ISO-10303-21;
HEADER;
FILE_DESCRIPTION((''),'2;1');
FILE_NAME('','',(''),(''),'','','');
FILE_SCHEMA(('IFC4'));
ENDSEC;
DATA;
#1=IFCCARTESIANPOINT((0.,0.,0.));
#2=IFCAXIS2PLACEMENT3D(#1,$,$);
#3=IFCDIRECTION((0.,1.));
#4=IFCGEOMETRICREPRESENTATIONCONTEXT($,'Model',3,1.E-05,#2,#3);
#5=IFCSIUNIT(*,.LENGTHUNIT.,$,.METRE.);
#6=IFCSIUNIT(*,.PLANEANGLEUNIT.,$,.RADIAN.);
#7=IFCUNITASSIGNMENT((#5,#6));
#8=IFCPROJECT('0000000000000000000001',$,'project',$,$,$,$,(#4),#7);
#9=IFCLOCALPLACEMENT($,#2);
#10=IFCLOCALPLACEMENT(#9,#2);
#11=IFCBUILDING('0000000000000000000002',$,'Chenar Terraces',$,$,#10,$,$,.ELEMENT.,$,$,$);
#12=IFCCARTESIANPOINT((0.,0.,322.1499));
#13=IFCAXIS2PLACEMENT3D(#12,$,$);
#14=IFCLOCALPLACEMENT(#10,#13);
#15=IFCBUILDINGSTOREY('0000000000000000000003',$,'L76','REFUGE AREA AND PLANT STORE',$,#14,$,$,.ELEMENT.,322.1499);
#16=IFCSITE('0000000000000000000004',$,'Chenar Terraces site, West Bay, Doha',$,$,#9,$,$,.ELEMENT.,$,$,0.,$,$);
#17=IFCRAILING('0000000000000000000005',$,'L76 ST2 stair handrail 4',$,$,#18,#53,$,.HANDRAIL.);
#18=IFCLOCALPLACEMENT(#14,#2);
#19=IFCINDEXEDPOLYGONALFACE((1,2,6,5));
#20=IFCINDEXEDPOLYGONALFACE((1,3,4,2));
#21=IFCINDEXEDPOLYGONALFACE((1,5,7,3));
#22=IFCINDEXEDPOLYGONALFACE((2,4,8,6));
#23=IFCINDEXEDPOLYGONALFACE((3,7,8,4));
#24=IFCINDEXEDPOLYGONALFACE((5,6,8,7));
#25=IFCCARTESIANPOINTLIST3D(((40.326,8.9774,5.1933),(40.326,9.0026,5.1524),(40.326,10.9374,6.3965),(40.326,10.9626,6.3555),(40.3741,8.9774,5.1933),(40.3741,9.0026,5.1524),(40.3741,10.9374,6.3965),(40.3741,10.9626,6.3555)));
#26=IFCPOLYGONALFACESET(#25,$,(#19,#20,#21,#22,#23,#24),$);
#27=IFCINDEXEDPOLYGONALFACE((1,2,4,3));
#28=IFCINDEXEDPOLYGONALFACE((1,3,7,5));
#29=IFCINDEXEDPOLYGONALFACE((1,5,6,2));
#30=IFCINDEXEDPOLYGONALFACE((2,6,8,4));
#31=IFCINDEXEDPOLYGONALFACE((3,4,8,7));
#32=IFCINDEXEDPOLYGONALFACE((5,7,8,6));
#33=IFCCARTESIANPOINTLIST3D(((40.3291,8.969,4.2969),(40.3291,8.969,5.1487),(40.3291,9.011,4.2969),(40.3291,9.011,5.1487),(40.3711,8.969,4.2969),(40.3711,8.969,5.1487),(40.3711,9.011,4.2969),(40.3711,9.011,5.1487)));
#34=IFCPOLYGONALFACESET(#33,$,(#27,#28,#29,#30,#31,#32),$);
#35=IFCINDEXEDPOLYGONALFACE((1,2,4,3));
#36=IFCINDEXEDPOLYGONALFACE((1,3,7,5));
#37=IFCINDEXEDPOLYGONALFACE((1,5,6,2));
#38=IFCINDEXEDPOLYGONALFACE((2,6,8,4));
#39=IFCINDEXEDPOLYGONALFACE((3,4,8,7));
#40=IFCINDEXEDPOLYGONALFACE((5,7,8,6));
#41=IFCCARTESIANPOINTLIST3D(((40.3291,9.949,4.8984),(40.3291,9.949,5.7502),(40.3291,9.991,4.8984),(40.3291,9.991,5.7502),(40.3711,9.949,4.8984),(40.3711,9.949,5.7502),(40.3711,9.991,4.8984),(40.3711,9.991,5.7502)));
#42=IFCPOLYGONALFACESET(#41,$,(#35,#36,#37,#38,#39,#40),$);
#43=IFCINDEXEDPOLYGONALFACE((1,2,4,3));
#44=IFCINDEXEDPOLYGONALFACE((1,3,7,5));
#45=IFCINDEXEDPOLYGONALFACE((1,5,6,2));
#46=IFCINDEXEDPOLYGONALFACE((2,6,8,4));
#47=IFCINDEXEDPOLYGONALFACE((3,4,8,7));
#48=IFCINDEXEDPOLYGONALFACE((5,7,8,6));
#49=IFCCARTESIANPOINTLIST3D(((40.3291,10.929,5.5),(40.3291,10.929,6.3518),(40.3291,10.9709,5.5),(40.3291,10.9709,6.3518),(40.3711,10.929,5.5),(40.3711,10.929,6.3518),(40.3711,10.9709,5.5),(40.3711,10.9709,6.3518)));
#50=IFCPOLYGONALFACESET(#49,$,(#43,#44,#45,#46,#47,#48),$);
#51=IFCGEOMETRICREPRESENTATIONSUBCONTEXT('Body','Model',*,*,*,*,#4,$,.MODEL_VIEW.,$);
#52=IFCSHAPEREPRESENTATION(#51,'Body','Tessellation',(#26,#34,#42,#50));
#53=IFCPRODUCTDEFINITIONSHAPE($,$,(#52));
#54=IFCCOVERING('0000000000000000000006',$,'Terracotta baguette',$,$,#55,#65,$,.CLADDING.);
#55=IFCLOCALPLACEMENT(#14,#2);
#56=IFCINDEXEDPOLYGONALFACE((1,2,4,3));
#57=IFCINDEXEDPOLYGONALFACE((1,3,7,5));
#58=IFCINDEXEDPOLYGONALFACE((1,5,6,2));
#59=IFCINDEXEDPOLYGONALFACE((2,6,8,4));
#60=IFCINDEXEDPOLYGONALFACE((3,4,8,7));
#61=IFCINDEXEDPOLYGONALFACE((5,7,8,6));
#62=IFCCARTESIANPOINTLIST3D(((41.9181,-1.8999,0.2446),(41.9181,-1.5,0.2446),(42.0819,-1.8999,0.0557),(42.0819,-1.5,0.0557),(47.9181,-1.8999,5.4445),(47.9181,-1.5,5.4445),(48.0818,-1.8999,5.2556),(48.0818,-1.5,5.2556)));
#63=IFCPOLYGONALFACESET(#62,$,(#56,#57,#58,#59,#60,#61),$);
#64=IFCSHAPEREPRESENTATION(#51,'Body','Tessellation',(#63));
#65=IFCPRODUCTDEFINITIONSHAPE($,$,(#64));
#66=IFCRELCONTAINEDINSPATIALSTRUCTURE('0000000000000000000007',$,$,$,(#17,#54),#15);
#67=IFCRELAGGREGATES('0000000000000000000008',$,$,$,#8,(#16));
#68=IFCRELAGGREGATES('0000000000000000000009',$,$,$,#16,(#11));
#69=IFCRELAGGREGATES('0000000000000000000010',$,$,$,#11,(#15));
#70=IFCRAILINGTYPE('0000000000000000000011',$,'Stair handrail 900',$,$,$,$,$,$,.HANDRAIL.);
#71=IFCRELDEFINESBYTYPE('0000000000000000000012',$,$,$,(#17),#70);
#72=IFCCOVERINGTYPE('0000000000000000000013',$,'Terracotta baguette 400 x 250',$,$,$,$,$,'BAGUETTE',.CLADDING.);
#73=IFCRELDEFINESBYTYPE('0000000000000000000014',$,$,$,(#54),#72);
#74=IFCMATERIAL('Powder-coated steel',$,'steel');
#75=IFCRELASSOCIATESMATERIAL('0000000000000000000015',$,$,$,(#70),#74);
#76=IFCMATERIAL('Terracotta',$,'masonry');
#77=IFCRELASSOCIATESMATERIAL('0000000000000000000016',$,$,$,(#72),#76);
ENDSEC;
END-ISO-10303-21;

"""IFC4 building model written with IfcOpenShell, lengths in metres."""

from ifc_helpers import new_model, si_unit, direction, frame, origin, origin_2d, place, context, subcontext, project, spatial, rectangle, extrude, material, material_profile, profile_set, type_object, element, save


model = new_model("IFC4")

# Units and contexts
model_context = context("Model", 3, precision=1e-05, world=origin(), true_north=direction((0.0, 1.0)))
body_context = subcontext(model_context, "Body", "Model", "MODEL_VIEW")
ifc_project = project(units=[si_unit("LENGTHUNIT", "METRE"), si_unit("PLANEANGLEUNIT", "RADIAN")], contexts=[model_context])

# Site, building, storey
site_placement = place(None, origin())
site = spatial("IfcSite", under=ifc_project, at=site_placement, Name="Chenar Terraces site, West Bay, Doha", CompositionType="ELEMENT", RefElevation=0.0)
building_placement = place(site_placement, origin())
building = spatial("IfcBuilding", under=site, at=building_placement, Name="Chenar Terraces", CompositionType="ELEMENT")
storey_placement = place(building_placement, frame((0.0, 0.0, 322.1499)))
storey = spatial("IfcBuildingStorey", under=building, at=storey_placement, Name="L76", Description="REFUGE AREA AND PLANT STORE", CompositionType="ELEMENT", Elevation=322.1499)

# Railing
ifc_material_1 = material(Name="Powder-coated steel", Category="steel")
railing_type_1 = type_object("IfcRailingType", Name="Stair handrail 900", PredefinedType="HANDRAIL", material=ifc_material_1)
railing_1_placement = place(storey_placement, frame((40.3501, 8.99, 4.2969)))
element("IfcRailing", 1, at=railing_1_placement, inside=storey, type_object=railing_type_1, Name="L76 ST2 stair handrail 4", PredefinedType="HANDRAIL", context=body_context, shape_type="SweptSolid", body=[
    extrude(rectangle(XDim=0.0481, YDim=0.0481, at=origin_2d()), frame((0.0, 0.0, 0.876), z_axis=(0.0, 0.852241, 0.523149), x_axis=(-1.0, 0.0, 0.0)), (0.0, 0.0, 1.0), 2.2998),
    extrude(rectangle(XDim=0.042, YDim=0.042, at=origin_2d()), origin(), (0.0, 0.0, 1.0), 0.8518),
    extrude(rectangle(XDim=0.042, YDim=0.042, at=origin_2d()), frame((0.0, 0.98, 0.6016)), (0.0, 0.0, 1.0), 0.8518),
    extrude(rectangle(XDim=0.042, YDim=0.042, at=origin_2d()), frame((0.0, 1.96, 1.2031)), (0.0, 0.0, 1.0), 0.8518),
])

# Covering
ifc_material_2 = material(Name="Terracotta", Category="masonry")
ifc_material_profile = material_profile(ifc_material_2, rectangle(XDim=0.3999, YDim=0.25, at=origin_2d()), Name="Terracotta baguette 400 x 250")
ifc_profile_set = profile_set([ifc_material_profile], Name="Terracotta")
covering_type = type_object("IfcCoveringType", Name="Terracotta baguette 400 x 250", ElementType="BAGUETTE", PredefinedType="CLADDING", material=ifc_profile_set)
covering_placement = place(storey_placement, frame((42.0, -1.7, 0.1501), z_axis=(0.755692, 0.0, 0.654927), x_axis=(0.0, 1.0, 0.0)))
element("IfcCovering", 2, at=covering_placement, inside=storey, type_object=covering_type, Name="Terracotta baguette", PredefinedType="CLADDING", context=body_context, shape_type="SweptSolid", body=[
    extrude(rectangle(XDim=0.3999, YDim=0.25, at=origin_2d()), origin(), (0.0, 0.0, 1.0), 7.9397),
])

save(model, "model.ifc")
